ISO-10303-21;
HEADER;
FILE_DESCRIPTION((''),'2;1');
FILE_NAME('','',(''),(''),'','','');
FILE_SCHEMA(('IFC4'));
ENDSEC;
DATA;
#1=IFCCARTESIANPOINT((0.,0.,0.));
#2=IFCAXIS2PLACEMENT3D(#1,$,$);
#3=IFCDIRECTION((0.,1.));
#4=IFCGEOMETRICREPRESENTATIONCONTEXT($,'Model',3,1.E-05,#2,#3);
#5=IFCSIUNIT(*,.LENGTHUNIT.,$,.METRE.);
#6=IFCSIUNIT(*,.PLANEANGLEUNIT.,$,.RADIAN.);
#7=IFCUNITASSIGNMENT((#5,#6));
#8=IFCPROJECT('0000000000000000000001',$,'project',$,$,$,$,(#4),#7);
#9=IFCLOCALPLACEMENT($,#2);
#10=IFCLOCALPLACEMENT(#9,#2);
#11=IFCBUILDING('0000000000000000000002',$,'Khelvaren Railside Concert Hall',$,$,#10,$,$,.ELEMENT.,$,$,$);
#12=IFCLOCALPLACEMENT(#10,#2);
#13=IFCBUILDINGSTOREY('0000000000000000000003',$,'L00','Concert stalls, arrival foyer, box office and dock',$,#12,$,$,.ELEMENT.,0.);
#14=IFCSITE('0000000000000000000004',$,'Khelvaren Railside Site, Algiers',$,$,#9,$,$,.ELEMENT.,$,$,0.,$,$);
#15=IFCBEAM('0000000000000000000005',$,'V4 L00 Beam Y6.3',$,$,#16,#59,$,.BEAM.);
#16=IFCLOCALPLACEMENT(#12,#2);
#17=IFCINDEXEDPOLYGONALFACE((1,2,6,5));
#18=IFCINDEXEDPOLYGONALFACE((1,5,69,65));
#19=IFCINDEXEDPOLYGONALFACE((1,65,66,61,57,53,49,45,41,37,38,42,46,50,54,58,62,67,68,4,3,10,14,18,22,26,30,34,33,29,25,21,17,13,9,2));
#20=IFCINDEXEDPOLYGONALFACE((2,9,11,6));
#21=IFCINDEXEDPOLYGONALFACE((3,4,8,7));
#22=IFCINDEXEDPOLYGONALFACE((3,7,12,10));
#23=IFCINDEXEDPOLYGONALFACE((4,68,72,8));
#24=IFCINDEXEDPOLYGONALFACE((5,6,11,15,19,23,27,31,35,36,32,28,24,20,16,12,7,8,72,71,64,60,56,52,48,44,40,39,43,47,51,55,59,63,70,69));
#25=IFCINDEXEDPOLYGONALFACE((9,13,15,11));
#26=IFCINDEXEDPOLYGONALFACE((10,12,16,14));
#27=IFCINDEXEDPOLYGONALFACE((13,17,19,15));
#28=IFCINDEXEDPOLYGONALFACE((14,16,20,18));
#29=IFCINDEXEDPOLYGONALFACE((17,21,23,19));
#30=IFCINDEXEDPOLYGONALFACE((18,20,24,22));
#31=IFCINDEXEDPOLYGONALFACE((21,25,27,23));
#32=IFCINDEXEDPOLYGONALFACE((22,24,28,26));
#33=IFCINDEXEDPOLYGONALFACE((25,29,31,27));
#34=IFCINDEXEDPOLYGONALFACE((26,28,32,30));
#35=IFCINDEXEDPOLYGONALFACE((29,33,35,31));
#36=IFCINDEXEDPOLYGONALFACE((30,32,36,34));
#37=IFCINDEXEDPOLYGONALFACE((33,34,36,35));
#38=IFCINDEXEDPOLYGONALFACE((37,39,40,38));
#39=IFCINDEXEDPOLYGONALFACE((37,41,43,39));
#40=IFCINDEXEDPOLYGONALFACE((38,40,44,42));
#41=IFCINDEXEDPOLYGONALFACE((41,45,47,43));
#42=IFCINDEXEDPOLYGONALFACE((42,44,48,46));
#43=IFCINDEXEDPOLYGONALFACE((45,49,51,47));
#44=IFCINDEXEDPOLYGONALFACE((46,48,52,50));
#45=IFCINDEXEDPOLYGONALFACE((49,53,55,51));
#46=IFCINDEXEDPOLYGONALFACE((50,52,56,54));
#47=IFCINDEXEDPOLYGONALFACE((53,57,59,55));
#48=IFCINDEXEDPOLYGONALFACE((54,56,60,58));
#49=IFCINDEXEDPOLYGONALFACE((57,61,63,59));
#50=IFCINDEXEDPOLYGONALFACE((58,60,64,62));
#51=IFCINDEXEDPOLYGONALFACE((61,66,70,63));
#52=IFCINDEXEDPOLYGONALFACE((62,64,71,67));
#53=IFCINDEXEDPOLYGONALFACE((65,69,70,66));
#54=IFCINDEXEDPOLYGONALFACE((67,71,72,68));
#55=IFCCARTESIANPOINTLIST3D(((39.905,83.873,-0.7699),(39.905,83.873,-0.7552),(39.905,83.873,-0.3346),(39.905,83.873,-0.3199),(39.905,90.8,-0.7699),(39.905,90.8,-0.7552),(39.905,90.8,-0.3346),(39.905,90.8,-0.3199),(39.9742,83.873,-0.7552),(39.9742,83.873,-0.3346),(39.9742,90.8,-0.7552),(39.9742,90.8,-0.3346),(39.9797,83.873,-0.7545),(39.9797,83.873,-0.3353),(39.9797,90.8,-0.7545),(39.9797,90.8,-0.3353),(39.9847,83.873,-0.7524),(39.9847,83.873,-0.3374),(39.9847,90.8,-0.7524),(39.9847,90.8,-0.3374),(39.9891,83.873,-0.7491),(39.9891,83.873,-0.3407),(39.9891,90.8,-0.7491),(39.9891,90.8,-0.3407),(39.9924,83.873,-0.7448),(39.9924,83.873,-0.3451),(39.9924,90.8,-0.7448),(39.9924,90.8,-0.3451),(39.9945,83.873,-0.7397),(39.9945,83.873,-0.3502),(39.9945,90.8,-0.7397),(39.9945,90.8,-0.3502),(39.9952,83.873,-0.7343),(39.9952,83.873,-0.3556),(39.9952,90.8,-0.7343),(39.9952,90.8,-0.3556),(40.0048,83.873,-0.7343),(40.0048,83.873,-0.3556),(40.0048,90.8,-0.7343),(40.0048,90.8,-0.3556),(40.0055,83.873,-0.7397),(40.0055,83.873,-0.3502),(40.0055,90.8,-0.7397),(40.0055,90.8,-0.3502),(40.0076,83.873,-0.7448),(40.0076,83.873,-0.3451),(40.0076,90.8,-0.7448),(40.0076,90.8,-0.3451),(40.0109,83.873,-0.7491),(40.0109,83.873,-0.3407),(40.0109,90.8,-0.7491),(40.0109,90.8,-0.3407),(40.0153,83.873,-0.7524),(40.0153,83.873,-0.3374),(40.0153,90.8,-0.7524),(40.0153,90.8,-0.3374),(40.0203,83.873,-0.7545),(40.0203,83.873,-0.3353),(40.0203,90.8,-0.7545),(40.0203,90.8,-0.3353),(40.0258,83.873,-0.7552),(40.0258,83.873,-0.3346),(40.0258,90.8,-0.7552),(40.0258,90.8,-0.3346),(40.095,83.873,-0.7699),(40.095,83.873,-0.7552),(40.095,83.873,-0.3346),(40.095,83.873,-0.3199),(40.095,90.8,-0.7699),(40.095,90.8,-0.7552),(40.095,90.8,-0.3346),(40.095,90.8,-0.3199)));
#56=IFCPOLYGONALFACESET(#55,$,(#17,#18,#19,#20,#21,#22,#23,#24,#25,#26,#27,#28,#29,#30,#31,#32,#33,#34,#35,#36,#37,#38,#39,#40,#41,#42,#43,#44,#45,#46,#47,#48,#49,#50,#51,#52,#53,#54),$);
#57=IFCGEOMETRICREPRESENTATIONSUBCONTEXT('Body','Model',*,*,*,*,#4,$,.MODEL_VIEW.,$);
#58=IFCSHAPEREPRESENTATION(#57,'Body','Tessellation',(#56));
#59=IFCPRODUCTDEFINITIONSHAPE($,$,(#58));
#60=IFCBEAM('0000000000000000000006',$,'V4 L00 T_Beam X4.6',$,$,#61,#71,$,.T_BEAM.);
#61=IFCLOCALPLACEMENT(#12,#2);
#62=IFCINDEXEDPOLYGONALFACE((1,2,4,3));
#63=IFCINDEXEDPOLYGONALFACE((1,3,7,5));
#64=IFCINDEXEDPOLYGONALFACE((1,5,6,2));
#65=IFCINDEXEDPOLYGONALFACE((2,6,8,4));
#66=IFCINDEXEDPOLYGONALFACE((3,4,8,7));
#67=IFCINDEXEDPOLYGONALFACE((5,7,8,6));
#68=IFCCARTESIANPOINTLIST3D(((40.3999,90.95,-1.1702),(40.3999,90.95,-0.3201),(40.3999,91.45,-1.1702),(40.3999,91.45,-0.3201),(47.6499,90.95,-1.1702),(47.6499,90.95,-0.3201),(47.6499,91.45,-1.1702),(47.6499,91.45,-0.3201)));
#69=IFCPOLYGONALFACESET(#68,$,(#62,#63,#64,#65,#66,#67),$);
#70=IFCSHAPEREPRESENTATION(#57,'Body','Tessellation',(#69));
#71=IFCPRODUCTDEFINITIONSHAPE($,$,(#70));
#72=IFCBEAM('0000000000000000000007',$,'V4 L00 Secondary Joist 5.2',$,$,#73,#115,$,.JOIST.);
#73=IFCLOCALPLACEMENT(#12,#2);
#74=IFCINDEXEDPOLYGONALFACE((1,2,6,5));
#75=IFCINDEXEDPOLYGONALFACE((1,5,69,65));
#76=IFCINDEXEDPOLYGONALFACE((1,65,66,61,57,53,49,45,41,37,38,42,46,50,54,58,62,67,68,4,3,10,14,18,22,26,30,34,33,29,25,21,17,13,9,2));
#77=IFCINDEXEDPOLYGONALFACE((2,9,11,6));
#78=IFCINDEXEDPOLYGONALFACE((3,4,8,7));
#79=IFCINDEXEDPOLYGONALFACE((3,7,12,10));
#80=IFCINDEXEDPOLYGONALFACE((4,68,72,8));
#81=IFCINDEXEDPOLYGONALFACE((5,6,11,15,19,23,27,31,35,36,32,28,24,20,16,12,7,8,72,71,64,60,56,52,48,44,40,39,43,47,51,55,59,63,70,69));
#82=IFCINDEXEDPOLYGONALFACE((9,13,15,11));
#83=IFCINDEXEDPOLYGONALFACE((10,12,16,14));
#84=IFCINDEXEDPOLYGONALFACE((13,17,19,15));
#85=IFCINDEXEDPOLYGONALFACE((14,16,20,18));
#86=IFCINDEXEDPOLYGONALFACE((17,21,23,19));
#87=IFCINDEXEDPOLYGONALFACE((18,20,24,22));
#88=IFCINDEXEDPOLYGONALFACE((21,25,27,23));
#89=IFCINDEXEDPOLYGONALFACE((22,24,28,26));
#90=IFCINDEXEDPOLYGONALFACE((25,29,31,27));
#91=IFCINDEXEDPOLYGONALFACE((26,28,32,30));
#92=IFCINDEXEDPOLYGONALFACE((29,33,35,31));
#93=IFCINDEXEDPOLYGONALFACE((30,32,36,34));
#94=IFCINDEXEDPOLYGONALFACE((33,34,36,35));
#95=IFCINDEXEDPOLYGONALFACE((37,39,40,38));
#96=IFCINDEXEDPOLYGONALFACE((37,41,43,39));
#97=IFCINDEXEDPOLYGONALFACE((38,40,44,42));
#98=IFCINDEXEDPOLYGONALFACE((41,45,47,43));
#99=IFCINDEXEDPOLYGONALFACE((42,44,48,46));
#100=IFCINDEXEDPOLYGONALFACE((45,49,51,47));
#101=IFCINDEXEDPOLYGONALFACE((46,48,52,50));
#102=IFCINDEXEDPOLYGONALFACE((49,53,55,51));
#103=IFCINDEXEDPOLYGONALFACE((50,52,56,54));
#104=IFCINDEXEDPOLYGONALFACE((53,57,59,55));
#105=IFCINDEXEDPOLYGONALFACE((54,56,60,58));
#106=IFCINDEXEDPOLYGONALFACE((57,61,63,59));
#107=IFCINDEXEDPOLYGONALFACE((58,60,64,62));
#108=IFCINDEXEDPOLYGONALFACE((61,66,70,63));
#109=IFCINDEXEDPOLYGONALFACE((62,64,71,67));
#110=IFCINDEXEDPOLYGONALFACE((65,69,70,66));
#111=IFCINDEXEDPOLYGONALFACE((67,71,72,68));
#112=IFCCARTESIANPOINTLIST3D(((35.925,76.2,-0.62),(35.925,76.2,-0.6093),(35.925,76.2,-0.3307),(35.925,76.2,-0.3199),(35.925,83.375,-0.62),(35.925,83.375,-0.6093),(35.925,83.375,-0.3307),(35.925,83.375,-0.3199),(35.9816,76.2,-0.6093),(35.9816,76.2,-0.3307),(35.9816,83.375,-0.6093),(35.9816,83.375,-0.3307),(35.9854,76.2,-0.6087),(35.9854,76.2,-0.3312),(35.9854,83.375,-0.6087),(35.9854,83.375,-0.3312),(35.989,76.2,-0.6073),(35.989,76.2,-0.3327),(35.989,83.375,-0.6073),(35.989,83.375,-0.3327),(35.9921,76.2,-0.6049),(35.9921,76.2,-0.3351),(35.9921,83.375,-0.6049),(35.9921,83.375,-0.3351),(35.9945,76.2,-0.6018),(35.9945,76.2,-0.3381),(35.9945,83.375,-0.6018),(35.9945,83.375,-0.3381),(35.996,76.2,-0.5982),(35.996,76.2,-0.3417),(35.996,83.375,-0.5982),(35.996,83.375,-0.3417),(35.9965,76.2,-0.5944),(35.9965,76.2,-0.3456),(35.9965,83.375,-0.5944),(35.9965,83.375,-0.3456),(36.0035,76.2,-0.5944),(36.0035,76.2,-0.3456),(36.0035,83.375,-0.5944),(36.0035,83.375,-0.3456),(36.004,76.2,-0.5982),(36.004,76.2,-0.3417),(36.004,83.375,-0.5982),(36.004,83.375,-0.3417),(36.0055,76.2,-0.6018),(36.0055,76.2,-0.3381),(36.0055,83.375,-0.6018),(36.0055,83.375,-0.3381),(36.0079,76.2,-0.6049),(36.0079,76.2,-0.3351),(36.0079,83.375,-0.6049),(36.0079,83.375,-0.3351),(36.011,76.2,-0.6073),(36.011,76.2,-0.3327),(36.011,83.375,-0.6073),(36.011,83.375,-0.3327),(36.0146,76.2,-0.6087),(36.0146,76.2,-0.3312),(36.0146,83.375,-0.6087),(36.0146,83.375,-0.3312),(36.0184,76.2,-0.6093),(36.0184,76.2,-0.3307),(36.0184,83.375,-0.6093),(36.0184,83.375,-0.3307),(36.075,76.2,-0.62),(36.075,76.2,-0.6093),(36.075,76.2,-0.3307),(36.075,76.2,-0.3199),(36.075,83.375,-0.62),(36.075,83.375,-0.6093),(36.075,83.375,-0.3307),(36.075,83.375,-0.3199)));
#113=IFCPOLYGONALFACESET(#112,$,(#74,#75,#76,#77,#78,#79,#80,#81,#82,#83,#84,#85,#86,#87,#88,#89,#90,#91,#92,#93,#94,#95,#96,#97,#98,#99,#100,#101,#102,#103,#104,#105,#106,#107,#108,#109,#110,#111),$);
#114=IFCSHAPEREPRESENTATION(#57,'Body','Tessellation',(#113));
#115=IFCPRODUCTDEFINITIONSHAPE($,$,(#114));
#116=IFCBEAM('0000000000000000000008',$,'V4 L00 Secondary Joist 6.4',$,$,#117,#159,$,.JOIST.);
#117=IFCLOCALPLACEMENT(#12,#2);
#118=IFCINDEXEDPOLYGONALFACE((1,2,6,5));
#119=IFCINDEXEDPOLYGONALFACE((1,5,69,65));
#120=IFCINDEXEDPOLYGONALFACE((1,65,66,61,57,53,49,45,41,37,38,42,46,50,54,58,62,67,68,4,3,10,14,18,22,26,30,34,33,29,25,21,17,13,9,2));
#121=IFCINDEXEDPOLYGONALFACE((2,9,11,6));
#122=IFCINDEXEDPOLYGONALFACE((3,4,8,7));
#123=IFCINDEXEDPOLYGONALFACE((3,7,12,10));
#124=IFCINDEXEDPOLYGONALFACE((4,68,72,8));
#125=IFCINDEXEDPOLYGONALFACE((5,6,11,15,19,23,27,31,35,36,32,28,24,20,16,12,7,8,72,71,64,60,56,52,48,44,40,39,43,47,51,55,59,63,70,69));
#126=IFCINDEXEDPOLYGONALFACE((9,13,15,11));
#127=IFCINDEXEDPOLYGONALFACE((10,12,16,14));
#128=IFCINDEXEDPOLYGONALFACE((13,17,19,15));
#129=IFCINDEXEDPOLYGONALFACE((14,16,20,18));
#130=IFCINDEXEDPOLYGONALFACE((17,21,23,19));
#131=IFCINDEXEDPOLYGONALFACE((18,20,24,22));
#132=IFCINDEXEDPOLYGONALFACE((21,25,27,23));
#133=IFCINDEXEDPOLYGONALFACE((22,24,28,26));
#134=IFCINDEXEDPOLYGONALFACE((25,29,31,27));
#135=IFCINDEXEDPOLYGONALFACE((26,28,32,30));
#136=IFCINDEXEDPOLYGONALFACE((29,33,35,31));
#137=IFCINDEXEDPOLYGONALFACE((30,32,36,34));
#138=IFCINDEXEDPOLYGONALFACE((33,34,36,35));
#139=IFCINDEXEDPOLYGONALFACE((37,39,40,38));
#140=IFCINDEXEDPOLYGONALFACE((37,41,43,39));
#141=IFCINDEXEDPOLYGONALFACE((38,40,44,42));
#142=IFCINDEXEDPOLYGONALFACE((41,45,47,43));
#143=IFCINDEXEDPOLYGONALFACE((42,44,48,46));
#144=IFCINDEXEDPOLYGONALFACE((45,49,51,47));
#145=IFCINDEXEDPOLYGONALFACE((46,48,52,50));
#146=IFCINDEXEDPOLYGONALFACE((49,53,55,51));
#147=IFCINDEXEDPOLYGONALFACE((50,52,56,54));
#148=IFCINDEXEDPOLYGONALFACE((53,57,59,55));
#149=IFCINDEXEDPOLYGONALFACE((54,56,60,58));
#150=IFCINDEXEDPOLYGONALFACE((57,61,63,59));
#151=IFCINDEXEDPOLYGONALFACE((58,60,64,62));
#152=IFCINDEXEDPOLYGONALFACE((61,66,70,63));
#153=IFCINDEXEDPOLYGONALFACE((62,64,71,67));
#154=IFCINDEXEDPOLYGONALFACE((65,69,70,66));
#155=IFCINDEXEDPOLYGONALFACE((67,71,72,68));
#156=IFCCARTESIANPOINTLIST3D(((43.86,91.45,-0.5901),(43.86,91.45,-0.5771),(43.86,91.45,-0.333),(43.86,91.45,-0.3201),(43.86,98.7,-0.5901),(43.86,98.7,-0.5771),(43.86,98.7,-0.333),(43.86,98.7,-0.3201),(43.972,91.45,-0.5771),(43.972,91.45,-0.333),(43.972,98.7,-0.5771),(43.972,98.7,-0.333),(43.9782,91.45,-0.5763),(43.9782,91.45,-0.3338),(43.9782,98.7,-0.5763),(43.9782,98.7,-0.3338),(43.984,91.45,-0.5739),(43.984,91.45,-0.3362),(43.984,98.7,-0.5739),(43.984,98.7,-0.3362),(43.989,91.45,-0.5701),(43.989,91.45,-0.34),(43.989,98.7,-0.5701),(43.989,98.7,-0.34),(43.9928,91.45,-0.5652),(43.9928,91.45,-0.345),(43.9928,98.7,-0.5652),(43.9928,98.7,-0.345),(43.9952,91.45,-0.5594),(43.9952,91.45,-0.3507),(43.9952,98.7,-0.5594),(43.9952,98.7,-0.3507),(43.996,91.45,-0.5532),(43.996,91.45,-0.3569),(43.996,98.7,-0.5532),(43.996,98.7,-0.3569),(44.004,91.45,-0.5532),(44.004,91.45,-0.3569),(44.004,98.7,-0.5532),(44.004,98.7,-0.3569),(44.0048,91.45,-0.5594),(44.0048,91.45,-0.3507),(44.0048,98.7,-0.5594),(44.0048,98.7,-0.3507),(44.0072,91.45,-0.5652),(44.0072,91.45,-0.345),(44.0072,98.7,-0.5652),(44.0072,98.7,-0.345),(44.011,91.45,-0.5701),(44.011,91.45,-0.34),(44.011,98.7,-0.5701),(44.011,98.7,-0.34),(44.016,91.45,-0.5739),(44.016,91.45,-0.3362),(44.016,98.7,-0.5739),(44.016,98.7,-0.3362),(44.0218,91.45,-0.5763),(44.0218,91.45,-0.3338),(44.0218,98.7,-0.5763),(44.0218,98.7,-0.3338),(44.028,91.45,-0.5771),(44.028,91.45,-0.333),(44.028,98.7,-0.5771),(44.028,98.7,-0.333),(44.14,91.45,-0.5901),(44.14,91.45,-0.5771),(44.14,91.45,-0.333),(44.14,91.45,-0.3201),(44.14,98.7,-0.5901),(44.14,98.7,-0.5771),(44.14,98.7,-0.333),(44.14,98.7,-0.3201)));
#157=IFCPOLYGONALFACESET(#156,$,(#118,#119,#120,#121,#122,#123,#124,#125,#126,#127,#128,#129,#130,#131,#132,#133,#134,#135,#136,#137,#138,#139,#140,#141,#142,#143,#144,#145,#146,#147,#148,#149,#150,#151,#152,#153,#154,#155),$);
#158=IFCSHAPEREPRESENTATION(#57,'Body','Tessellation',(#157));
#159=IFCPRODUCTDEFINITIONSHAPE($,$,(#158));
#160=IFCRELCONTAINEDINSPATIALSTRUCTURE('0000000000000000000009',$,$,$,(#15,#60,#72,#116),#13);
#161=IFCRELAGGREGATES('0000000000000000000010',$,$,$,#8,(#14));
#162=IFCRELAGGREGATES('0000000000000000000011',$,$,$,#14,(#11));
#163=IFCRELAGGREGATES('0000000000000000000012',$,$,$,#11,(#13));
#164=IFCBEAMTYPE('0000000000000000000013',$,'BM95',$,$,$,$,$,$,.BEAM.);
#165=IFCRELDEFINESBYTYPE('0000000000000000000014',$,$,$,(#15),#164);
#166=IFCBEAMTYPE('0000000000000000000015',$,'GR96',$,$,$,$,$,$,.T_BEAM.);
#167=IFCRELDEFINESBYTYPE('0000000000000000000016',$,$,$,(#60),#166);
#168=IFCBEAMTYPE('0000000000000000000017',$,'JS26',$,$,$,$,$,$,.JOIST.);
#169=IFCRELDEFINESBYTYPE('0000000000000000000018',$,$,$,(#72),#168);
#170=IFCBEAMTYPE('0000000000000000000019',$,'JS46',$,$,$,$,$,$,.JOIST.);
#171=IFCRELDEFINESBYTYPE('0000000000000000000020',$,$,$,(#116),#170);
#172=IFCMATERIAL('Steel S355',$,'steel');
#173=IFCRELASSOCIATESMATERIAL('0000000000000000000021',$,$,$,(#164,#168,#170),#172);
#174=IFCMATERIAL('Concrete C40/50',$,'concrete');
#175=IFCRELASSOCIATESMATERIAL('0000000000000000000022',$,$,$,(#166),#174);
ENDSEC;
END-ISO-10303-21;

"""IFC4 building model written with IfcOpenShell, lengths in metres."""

from ifc_helpers import new_model, si_unit, direction, frame, origin, origin_2d, place, context, subcontext, project, spatial, rectangle, i_section, extrude, material, material_profile, profile_set, type_object, element, save


model = new_model("IFC4")

# Units and contexts
model_context = context("Model", 3, precision=1e-05, world=origin(), true_north=direction((0.0, 1.0)))
body_context = subcontext(model_context, "Body", "Model", "MODEL_VIEW")
ifc_project = project(units=[si_unit("LENGTHUNIT", "METRE"), si_unit("PLANEANGLEUNIT", "RADIAN")], contexts=[model_context])

# Site, building, storey
site_placement = place(None, origin())
site = spatial("IfcSite", under=ifc_project, at=site_placement, Name="Khelvaren Railside Site, Algiers", CompositionType="ELEMENT", RefElevation=0.0)
building_placement = place(site_placement, origin())
building = spatial("IfcBuilding", under=site, at=building_placement, Name="Khelvaren Railside Concert Hall", CompositionType="ELEMENT")
storey_placement = place(building_placement, origin())
storey = spatial("IfcBuildingStorey", under=building, at=storey_placement, Name="L00", Description="Concert stalls, arrival foyer, box office and dock", CompositionType="ELEMENT", Elevation=0.0)

# Beams
ifc_material_1 = material(Name="Steel S355", Category="steel")
ifc_material_2 = material(Name="Concrete C40/50", Category="concrete")
ifc_material_profile_1 = material_profile(ifc_material_1, i_section(OverallWidth=0.1899, OverallDepth=0.45, WebThickness=0.0095, FlangeThickness=0.0146, FilletRadius=0.021, at=origin_2d()), Name="IPE 450")
ifc_profile_set_1 = profile_set([ifc_material_profile_1], Name="Steel S355")
beam_type_1 = type_object("IfcBeamType", Name="BM95", PredefinedType="BEAM", material=ifc_profile_set_1)
beam_1_placement = place(storey_placement, frame((40.0, 83.873, -0.5449), z_axis=(0.0, 1.0, 0.0), x_axis=(-1.0, 0.0, 0.0)))
element("IfcBeam", 1, at=beam_1_placement, inside=storey, type_object=beam_type_1, Name="V4 L00 Beam Y6.3", PredefinedType="BEAM", context=body_context, shape_type="SweptSolid", body=[
    extrude(i_section(OverallWidth=0.1899, OverallDepth=0.45, WebThickness=0.0095, FlangeThickness=0.0146, FilletRadius=0.021, at=origin_2d()), origin(), (0.0, 0.0, 1.0), 6.927),
])
ifc_material_profile_2 = material_profile(ifc_material_2, rectangle(XDim=0.5, YDim=0.8501, at=origin_2d()), Name="RCB 500x850")
ifc_profile_set_2 = profile_set([ifc_material_profile_2], Name="Concrete C40/50")
beam_type_2 = type_object("IfcBeamType", Name="GR96", PredefinedType="T_BEAM", material=ifc_profile_set_2)
beam_2_placement = place(storey_placement, frame((40.3999, 91.2, -0.7451), z_axis=(1.0, 0.0, 0.0), x_axis=(0.0, 1.0, 0.0)))
element("IfcBeam", 2, at=beam_2_placement, inside=storey, type_object=beam_type_2, Name="V4 L00 T_Beam X4.6", PredefinedType="T_BEAM", context=body_context, shape_type="SweptSolid", body=[
    extrude(rectangle(XDim=0.5, YDim=0.8501, at=origin_2d()), origin(), (0.0, 0.0, 1.0), 7.25),
])
ifc_material_profile_3 = material_profile(ifc_material_1, i_section(OverallWidth=0.1499, OverallDepth=0.3, WebThickness=0.0071, FlangeThickness=0.0107, FilletRadius=0.0149, at=origin_2d()), Name="IPE 300")
ifc_profile_set_3 = profile_set([ifc_material_profile_3], Name="Steel S355")
beam_type_3 = type_object("IfcBeamType", Name="JS26", PredefinedType="JOIST", material=ifc_profile_set_3)
beam_3_placement = place(storey_placement, frame((36.0, 76.2, -0.47), z_axis=(0.0, 1.0, 0.0), x_axis=(-1.0, 0.0, 0.0)))
element("IfcBeam", 3, at=beam_3_placement, inside=storey, type_object=beam_type_3, Name="V4 L00 Secondary Joist 5.2", PredefinedType="JOIST", context=body_context, shape_type="SweptSolid", body=[
    extrude(i_section(OverallWidth=0.1499, OverallDepth=0.3, WebThickness=0.0071, FlangeThickness=0.0107, FilletRadius=0.0149, at=origin_2d()), origin(), (0.0, 0.0, 1.0), 7.175),
])
ifc_material_profile_4 = material_profile(ifc_material_1, i_section(OverallWidth=0.28, OverallDepth=0.27, WebThickness=0.0081, FlangeThickness=0.0129, FilletRadius=0.0239, at=origin_2d()), Name="HEA 280")
ifc_profile_set_4 = profile_set([ifc_material_profile_4], Name="Steel S355")
beam_type_4 = type_object("IfcBeamType", Name="JS46", PredefinedType="JOIST", material=ifc_profile_set_4)
beam_4_placement = place(storey_placement, frame((44.0, 91.45, -0.4551), z_axis=(0.0, 1.0, 0.0), x_axis=(-1.0, 0.0, 0.0)))
element("IfcBeam", 4, at=beam_4_placement, inside=storey, type_object=beam_type_4, Name="V4 L00 Secondary Joist 6.4", PredefinedType="JOIST", context=body_context, shape_type="SweptSolid", body=[
    extrude(i_section(OverallWidth=0.28, OverallDepth=0.27, WebThickness=0.0081, FlangeThickness=0.0129, FilletRadius=0.0239, at=origin_2d()), origin(), (0.0, 0.0, 1.0), 7.25),
])

save(model, "model.ifc")
